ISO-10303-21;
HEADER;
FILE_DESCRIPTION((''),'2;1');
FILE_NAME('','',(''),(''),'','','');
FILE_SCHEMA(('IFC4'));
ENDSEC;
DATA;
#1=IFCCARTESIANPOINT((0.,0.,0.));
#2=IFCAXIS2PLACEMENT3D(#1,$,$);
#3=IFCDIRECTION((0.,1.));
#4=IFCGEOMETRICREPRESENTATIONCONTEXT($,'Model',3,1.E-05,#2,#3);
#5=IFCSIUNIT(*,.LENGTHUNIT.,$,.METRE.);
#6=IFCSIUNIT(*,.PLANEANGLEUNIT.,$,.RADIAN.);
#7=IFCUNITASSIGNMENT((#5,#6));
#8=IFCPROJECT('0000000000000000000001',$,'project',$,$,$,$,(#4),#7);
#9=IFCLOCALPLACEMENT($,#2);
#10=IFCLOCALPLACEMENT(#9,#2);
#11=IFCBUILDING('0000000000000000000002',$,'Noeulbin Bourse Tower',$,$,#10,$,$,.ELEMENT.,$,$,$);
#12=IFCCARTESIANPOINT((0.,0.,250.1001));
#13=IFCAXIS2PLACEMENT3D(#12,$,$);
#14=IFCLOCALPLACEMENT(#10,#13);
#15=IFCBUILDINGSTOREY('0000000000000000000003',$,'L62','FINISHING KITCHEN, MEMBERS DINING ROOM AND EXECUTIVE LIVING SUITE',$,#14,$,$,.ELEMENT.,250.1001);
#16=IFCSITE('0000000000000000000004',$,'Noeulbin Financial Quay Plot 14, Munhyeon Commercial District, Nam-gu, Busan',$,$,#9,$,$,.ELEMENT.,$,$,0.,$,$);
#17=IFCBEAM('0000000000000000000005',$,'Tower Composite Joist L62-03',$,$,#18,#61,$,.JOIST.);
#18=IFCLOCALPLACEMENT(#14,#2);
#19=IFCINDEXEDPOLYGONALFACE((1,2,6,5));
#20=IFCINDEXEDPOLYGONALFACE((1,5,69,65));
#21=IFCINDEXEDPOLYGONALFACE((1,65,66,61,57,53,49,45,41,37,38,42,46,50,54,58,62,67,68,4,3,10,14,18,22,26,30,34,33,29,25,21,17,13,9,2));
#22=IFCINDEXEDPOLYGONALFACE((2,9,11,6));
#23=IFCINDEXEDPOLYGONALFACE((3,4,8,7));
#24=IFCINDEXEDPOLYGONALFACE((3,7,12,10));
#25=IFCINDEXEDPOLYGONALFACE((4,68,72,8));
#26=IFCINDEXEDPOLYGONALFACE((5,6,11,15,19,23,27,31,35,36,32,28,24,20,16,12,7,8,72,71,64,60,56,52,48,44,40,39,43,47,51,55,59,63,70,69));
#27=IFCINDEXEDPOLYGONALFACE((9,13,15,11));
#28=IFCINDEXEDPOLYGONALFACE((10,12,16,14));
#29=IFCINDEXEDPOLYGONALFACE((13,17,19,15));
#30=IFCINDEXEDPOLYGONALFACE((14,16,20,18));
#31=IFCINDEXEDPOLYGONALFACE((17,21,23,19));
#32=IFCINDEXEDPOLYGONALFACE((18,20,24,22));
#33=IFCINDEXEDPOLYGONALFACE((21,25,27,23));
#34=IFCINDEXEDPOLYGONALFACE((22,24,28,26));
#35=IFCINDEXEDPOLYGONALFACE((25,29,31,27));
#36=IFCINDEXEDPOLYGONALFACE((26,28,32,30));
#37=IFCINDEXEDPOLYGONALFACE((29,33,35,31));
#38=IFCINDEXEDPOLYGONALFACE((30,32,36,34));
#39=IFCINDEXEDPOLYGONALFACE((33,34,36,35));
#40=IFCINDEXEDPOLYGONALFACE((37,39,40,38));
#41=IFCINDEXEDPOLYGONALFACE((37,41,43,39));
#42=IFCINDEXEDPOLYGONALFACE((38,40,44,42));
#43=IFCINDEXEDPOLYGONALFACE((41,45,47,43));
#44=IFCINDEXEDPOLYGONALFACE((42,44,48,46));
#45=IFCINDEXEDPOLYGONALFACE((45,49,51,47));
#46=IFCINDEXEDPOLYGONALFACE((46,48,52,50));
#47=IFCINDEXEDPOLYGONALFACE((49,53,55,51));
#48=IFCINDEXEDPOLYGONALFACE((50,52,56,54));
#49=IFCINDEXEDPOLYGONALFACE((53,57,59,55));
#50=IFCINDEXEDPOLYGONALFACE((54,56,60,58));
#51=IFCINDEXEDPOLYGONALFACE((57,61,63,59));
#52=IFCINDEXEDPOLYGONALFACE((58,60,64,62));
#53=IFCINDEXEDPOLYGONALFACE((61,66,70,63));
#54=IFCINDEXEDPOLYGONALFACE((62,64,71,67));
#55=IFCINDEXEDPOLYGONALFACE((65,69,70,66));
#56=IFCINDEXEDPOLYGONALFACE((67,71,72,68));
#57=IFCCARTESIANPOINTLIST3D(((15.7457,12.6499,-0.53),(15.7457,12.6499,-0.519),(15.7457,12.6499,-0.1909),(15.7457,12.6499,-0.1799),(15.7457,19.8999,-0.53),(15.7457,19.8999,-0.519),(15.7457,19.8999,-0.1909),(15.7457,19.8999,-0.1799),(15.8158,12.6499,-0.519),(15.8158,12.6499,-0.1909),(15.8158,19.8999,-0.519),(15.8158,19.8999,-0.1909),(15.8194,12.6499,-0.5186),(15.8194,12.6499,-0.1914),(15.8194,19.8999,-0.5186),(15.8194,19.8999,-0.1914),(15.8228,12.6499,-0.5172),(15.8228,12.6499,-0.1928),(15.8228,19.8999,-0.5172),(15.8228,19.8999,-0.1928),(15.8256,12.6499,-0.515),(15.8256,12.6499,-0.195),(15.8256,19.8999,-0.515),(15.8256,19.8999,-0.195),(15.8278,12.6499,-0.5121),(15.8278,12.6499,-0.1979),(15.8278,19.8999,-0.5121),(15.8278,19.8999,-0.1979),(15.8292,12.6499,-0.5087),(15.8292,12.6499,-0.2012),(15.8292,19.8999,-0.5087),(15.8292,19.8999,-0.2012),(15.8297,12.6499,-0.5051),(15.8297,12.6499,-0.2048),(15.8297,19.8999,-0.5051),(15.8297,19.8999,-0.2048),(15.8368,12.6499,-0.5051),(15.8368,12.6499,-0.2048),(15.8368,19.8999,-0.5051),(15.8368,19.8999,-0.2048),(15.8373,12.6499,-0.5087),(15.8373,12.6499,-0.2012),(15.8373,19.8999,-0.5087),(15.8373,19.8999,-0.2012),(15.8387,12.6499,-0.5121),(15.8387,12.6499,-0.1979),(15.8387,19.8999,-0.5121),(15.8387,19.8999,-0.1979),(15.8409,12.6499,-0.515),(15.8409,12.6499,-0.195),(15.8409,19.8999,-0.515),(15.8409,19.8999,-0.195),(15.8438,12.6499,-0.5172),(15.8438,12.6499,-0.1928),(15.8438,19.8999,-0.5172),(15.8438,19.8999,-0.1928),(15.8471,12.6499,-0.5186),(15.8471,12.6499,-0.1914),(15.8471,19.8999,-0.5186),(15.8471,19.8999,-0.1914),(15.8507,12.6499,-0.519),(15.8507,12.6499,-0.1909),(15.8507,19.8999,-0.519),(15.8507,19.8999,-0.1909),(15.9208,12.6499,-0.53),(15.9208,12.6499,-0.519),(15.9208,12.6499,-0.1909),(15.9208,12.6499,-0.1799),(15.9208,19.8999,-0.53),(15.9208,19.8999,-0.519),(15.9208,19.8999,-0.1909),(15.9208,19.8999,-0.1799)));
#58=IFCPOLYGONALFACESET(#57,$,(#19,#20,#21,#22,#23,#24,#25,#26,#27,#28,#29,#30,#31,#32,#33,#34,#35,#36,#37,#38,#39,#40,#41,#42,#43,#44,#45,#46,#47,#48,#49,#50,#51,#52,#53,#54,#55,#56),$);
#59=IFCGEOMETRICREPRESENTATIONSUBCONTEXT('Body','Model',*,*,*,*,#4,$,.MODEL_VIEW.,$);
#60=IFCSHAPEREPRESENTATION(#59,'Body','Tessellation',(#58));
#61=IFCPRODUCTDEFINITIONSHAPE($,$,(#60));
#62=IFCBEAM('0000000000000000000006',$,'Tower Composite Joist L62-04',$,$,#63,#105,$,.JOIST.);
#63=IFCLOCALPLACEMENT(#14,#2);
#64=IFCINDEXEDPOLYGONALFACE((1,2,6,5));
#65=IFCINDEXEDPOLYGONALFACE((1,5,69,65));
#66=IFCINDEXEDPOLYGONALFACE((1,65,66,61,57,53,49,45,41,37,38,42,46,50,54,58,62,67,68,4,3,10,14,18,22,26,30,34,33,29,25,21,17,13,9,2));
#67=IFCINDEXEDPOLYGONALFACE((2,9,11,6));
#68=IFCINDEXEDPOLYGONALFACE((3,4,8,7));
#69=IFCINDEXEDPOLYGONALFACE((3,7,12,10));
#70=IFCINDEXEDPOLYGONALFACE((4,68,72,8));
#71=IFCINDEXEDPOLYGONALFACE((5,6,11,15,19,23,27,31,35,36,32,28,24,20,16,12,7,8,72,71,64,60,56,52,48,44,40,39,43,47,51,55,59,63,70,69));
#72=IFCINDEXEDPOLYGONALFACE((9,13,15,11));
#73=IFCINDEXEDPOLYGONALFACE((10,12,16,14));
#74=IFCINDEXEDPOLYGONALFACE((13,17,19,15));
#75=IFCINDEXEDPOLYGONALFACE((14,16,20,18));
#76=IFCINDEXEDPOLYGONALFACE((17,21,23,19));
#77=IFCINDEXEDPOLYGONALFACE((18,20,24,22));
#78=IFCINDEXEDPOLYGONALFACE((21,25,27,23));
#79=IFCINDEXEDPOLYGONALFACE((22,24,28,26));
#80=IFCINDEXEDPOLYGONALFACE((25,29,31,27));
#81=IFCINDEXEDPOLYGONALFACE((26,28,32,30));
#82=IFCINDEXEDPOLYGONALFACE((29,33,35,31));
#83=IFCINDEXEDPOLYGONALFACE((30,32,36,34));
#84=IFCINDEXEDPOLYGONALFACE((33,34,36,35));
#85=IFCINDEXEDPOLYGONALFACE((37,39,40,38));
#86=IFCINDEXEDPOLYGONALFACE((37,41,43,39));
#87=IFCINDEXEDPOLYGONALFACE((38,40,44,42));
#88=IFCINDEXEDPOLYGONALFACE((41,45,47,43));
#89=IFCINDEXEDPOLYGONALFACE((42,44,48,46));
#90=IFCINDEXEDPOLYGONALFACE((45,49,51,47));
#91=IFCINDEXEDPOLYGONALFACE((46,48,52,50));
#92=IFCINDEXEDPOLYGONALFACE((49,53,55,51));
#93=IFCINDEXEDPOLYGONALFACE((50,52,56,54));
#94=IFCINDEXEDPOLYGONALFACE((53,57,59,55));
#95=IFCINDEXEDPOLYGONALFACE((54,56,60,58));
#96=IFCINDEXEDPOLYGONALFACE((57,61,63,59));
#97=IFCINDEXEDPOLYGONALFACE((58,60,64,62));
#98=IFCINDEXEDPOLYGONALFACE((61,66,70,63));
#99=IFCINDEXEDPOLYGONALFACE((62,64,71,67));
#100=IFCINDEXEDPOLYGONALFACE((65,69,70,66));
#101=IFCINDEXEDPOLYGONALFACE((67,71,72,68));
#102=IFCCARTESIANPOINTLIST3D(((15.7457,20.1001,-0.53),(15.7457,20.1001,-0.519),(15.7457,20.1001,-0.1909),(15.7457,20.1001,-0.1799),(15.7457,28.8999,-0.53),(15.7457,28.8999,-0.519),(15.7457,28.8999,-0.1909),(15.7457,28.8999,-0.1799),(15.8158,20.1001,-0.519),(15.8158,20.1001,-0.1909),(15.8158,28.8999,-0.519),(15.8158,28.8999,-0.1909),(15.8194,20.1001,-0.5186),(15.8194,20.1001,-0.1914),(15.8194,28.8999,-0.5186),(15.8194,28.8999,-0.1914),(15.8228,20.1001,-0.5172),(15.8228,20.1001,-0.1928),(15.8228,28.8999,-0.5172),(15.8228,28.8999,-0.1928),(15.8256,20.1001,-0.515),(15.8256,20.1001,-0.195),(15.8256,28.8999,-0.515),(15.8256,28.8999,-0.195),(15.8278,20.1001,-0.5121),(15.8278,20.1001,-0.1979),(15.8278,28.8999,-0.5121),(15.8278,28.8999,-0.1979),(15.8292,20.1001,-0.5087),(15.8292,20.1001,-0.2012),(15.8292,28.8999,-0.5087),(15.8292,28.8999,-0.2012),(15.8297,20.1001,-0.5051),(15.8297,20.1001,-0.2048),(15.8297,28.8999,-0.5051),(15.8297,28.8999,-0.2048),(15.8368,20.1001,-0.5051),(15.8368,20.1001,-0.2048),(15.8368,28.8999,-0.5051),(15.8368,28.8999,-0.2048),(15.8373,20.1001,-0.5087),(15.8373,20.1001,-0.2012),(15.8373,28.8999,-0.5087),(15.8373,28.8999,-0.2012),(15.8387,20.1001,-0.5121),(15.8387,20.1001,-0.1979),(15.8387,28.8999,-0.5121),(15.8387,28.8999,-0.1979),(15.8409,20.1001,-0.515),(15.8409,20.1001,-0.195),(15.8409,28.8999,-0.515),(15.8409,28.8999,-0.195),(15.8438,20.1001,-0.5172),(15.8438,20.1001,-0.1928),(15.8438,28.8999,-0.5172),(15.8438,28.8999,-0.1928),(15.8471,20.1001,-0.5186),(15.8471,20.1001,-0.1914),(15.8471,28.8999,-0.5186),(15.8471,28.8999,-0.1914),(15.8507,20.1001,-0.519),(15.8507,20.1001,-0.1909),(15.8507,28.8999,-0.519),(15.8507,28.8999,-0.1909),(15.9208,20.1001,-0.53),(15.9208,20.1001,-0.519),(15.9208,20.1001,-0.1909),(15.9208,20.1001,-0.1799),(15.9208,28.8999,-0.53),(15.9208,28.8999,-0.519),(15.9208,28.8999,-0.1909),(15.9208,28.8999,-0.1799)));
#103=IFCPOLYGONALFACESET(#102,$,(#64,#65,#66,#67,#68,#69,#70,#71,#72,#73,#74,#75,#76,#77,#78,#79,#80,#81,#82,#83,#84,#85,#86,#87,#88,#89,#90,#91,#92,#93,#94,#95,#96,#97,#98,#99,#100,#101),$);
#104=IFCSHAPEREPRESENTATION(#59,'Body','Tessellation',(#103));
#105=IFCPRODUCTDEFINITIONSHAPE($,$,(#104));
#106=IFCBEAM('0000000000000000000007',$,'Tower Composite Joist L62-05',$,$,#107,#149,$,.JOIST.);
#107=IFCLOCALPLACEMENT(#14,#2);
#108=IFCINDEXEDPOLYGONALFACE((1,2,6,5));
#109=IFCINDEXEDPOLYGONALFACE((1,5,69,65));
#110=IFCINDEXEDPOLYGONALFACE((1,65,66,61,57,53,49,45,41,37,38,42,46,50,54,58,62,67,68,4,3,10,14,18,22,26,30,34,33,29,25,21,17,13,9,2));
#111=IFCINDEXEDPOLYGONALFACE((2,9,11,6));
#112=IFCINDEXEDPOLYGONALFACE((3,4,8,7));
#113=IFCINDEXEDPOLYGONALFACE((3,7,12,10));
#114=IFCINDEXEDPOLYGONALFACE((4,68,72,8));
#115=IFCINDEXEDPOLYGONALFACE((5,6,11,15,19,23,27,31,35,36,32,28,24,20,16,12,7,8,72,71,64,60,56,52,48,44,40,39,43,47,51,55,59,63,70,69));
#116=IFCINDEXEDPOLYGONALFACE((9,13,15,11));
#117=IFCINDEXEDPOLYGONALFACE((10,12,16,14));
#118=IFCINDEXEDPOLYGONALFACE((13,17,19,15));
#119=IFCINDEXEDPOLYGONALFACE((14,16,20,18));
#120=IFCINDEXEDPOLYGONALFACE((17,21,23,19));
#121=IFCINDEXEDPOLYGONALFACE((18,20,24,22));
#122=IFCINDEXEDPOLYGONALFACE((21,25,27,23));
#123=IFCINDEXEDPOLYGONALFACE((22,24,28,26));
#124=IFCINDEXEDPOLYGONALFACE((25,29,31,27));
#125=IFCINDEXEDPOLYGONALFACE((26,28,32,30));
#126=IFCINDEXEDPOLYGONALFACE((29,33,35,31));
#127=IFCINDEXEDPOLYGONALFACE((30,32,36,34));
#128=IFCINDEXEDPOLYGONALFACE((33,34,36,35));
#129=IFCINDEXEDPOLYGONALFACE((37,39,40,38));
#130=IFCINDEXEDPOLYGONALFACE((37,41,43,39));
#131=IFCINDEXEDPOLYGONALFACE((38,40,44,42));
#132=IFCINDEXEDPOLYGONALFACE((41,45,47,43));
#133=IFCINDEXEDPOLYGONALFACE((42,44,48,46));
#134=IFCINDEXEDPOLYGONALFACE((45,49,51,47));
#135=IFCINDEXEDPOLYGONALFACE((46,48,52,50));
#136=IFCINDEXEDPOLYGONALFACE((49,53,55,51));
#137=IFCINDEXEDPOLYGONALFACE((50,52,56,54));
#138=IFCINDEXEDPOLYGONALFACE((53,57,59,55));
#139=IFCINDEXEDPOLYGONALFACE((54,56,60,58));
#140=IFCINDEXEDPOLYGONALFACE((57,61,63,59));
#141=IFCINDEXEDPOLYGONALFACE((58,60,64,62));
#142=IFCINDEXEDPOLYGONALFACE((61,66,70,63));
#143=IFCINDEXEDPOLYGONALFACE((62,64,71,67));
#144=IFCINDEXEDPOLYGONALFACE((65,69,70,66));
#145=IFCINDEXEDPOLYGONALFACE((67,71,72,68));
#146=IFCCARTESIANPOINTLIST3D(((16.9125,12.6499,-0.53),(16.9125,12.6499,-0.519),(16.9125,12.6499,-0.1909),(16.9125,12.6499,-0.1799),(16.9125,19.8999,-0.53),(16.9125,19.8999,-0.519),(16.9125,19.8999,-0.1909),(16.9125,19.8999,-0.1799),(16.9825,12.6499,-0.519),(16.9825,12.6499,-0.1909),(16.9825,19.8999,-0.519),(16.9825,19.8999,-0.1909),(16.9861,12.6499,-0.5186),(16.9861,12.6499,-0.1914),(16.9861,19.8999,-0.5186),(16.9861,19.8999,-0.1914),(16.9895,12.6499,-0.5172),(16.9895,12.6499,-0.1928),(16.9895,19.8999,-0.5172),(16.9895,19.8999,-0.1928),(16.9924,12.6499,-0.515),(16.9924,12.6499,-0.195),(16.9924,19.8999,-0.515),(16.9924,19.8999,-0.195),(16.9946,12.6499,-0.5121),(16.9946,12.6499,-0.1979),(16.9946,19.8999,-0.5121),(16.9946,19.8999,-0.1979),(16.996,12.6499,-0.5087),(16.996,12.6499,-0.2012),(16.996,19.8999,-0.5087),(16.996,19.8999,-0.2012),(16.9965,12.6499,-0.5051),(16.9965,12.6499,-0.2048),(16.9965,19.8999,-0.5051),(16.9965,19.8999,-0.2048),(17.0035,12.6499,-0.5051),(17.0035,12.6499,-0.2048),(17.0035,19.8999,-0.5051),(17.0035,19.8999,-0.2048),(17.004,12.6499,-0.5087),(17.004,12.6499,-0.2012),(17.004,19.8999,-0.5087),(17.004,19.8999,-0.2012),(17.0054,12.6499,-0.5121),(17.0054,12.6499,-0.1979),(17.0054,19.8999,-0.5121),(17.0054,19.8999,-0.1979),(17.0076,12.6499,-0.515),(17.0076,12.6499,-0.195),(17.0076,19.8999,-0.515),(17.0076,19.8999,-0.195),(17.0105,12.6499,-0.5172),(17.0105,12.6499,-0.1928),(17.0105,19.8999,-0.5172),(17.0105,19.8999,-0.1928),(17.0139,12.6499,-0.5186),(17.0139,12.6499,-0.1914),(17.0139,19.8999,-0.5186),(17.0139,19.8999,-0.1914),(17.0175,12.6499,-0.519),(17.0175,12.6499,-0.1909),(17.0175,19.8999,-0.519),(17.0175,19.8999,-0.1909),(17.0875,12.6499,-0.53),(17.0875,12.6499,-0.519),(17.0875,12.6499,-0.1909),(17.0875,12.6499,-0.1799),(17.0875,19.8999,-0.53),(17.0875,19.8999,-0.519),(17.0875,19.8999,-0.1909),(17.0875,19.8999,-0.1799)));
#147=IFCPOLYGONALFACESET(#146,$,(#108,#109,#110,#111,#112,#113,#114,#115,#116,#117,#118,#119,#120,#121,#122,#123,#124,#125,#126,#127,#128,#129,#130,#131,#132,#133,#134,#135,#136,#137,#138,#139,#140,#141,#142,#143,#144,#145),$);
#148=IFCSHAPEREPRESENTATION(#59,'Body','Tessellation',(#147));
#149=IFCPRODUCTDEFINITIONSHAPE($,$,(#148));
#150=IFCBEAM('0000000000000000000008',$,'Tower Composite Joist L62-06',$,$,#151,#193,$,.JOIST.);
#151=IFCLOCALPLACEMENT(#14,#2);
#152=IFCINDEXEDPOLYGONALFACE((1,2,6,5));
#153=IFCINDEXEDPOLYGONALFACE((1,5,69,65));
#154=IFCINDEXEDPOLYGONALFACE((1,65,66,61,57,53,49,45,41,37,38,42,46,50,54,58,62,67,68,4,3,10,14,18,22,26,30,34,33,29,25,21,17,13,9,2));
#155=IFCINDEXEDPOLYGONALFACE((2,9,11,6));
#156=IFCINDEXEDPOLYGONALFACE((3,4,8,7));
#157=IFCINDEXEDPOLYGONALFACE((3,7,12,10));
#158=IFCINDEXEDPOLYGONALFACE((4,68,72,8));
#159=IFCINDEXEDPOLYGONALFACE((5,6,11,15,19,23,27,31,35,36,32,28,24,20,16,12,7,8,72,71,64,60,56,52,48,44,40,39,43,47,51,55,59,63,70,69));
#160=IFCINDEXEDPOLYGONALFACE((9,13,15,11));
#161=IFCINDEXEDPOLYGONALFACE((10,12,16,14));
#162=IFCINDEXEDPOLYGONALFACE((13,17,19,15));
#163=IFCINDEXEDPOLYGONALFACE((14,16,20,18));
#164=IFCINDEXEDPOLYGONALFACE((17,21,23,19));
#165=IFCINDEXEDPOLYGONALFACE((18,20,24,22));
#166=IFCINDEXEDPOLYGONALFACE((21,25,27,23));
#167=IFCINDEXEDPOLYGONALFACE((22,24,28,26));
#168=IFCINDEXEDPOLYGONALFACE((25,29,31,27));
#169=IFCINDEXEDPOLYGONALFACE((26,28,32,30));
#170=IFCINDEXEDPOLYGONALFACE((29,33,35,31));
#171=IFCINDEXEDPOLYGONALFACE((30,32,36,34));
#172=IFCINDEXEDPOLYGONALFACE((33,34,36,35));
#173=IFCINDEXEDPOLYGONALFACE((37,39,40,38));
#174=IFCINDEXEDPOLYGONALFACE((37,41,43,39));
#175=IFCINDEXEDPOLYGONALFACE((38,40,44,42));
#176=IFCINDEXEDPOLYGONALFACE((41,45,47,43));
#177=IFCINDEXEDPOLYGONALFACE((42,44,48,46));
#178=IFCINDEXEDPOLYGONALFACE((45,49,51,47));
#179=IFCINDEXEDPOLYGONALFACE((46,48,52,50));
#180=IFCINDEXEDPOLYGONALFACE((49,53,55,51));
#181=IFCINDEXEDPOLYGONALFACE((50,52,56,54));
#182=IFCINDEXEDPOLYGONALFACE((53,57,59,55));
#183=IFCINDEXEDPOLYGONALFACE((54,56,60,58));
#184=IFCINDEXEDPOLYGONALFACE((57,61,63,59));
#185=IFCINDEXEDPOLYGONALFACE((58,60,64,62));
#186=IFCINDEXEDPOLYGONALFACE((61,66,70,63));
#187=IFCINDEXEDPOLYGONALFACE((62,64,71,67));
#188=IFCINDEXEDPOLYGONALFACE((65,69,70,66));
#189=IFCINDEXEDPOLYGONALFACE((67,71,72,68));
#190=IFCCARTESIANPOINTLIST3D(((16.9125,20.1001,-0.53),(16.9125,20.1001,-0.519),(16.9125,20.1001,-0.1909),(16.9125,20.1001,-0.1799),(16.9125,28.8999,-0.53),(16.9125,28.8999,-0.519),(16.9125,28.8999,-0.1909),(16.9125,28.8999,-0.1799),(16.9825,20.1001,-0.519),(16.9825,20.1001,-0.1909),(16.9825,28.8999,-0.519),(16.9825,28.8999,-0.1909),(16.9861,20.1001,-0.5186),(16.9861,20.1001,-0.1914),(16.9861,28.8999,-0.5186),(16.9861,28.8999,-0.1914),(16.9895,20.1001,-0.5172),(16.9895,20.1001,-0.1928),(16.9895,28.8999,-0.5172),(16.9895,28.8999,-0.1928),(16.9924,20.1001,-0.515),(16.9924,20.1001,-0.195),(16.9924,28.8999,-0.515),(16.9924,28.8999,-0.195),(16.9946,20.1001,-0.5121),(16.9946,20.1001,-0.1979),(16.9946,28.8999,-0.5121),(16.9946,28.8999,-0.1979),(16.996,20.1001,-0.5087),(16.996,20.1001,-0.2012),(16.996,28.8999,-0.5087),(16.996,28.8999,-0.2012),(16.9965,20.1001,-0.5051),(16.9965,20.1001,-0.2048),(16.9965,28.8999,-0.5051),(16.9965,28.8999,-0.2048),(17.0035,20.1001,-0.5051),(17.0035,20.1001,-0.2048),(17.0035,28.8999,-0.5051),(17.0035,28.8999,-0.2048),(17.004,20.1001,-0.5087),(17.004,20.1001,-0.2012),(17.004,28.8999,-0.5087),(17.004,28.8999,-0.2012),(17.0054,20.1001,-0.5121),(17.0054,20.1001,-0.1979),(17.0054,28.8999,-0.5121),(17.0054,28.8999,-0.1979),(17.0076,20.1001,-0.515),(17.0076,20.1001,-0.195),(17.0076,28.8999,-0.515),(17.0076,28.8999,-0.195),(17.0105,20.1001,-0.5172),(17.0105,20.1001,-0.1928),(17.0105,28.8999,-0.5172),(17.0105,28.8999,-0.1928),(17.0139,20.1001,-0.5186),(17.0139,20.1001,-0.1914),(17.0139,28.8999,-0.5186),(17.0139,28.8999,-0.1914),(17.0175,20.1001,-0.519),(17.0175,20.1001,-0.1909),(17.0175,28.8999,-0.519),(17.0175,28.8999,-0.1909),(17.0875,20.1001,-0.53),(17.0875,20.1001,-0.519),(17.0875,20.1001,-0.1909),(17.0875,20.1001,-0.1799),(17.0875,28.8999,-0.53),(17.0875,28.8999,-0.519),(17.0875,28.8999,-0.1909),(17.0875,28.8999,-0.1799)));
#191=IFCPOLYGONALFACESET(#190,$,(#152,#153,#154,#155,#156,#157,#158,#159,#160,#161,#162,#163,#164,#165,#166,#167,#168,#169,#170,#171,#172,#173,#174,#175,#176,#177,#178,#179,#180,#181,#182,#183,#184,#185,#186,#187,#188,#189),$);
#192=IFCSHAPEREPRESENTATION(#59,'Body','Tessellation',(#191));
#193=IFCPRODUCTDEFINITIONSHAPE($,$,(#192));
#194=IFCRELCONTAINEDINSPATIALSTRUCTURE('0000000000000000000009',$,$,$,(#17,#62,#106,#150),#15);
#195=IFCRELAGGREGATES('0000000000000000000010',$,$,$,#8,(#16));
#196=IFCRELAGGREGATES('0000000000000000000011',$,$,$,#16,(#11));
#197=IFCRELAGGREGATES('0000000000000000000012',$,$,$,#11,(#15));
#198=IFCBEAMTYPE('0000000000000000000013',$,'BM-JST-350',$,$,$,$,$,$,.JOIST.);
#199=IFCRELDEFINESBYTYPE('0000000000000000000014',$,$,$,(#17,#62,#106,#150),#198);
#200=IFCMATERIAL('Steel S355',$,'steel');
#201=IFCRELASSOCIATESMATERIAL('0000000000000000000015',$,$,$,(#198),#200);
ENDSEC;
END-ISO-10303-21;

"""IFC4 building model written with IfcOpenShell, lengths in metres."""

from ifc_helpers import new_model, si_unit, direction, frame, origin, origin_2d, place, context, subcontext, project, spatial, i_section, extrude, material, material_profile, profile_set, type_object, element, save


model = new_model("IFC4")

# Units and contexts
model_context = context("Model", 3, precision=1e-05, world=origin(), true_north=direction((0.0, 1.0)))
body_context = subcontext(model_context, "Body", "Model", "MODEL_VIEW")
ifc_project = project(units=[si_unit("LENGTHUNIT", "METRE"), si_unit("PLANEANGLEUNIT", "RADIAN")], contexts=[model_context])

# Site, building, storey
site_placement = place(None, origin())
site = spatial("IfcSite", under=ifc_project, at=site_placement, Name="Noeulbin Financial Quay Plot 14, Munhyeon Commercial District, Nam-gu, Busan", CompositionType="ELEMENT", RefElevation=0.0)
building_placement = place(site_placement, origin())
building = spatial("IfcBuilding", under=site, at=building_placement, Name="Noeulbin Bourse Tower", CompositionType="ELEMENT")
storey_placement = place(building_placement, frame((0.0, 0.0, 250.1001)))
storey = spatial("IfcBuildingStorey", under=building, at=storey_placement, Name="L62", Description="FINISHING KITCHEN, MEMBERS DINING ROOM AND EXECUTIVE LIVING SUITE", CompositionType="ELEMENT", Elevation=250.1001)

# Shared definitions
ifc_material_1 = material(Name="Steel S355", Category="steel")

# Beams
ifc_material_profile_1 = material_profile(ifc_material_1, i_section(OverallWidth=0.175, OverallDepth=0.3501, WebThickness=0.0071, FlangeThickness=0.011, FilletRadius=0.0139, at=origin_2d()), Name="H-350x175x7x11", Category="LoadBearing")
ifc_profile_set_1 = profile_set([ifc_material_profile_1], Name="Steel S355")
beam_type_1 = type_object("IfcBeamType", Name="BM-JST-350", PredefinedType="JOIST", material=ifc_profile_set_1)
beam_1_placement = place(storey_placement, frame((15.8333, 12.6499, -0.355), z_axis=(0.0, 1.0, 0.0), x_axis=(-1.0, 0.0, 0.0)))
element("IfcBeam", 1, at=beam_1_placement, inside=storey, type_object=beam_type_1, Name="Tower Composite Joist L62-03", PredefinedType="JOIST", context=body_context, shape_type="SweptSolid", body=[
    extrude(i_section(OverallWidth=0.175, OverallDepth=0.3501, WebThickness=0.0071, FlangeThickness=0.011, FilletRadius=0.0139, at=origin_2d()), origin(), (0.0, 0.0, 1.0), 7.25),
])
beam_2_placement = place(storey_placement, frame((15.8333, 20.1001, -0.355), z_axis=(0.0, 1.0, 0.0), x_axis=(-1.0, 0.0, 0.0)))
element("IfcBeam", 2, at=beam_2_placement, inside=storey, type_object=beam_type_1, Name="Tower Composite Joist L62-04", PredefinedType="JOIST", context=body_context, shape_type="SweptSolid", body=[
    extrude(i_section(OverallWidth=0.175, OverallDepth=0.3501, WebThickness=0.0071, FlangeThickness=0.011, FilletRadius=0.0139, at=origin_2d()), origin(), (0.0, 0.0, 1.0), 8.7998),
])
beam_3_placement = place(storey_placement, frame((17.0, 12.6499, -0.355), z_axis=(0.0, 1.0, 0.0), x_axis=(-1.0, 0.0, 0.0)))
element("IfcBeam", 3, at=beam_3_placement, inside=storey, type_object=beam_type_1, Name="Tower Composite Joist L62-05", PredefinedType="JOIST", context=body_context, shape_type="SweptSolid", body=[
    extrude(i_section(OverallWidth=0.175, OverallDepth=0.3501, WebThickness=0.0071, FlangeThickness=0.011, FilletRadius=0.0139, at=origin_2d()), origin(), (0.0, 0.0, 1.0), 7.25),
])
beam_4_placement = place(storey_placement, frame((17.0, 20.1001, -0.355), z_axis=(0.0, 1.0, 0.0), x_axis=(-1.0, 0.0, 0.0)))
element("IfcBeam", 4, at=beam_4_placement, inside=storey, type_object=beam_type_1, Name="Tower Composite Joist L62-06", PredefinedType="JOIST", context=body_context, shape_type="SweptSolid", body=[
    extrude(i_section(OverallWidth=0.175, OverallDepth=0.3501, WebThickness=0.0071, FlangeThickness=0.011, FilletRadius=0.0139, at=origin_2d()), origin(), (0.0, 0.0, 1.0), 8.7998),
])

save(model, "model.ifc")
